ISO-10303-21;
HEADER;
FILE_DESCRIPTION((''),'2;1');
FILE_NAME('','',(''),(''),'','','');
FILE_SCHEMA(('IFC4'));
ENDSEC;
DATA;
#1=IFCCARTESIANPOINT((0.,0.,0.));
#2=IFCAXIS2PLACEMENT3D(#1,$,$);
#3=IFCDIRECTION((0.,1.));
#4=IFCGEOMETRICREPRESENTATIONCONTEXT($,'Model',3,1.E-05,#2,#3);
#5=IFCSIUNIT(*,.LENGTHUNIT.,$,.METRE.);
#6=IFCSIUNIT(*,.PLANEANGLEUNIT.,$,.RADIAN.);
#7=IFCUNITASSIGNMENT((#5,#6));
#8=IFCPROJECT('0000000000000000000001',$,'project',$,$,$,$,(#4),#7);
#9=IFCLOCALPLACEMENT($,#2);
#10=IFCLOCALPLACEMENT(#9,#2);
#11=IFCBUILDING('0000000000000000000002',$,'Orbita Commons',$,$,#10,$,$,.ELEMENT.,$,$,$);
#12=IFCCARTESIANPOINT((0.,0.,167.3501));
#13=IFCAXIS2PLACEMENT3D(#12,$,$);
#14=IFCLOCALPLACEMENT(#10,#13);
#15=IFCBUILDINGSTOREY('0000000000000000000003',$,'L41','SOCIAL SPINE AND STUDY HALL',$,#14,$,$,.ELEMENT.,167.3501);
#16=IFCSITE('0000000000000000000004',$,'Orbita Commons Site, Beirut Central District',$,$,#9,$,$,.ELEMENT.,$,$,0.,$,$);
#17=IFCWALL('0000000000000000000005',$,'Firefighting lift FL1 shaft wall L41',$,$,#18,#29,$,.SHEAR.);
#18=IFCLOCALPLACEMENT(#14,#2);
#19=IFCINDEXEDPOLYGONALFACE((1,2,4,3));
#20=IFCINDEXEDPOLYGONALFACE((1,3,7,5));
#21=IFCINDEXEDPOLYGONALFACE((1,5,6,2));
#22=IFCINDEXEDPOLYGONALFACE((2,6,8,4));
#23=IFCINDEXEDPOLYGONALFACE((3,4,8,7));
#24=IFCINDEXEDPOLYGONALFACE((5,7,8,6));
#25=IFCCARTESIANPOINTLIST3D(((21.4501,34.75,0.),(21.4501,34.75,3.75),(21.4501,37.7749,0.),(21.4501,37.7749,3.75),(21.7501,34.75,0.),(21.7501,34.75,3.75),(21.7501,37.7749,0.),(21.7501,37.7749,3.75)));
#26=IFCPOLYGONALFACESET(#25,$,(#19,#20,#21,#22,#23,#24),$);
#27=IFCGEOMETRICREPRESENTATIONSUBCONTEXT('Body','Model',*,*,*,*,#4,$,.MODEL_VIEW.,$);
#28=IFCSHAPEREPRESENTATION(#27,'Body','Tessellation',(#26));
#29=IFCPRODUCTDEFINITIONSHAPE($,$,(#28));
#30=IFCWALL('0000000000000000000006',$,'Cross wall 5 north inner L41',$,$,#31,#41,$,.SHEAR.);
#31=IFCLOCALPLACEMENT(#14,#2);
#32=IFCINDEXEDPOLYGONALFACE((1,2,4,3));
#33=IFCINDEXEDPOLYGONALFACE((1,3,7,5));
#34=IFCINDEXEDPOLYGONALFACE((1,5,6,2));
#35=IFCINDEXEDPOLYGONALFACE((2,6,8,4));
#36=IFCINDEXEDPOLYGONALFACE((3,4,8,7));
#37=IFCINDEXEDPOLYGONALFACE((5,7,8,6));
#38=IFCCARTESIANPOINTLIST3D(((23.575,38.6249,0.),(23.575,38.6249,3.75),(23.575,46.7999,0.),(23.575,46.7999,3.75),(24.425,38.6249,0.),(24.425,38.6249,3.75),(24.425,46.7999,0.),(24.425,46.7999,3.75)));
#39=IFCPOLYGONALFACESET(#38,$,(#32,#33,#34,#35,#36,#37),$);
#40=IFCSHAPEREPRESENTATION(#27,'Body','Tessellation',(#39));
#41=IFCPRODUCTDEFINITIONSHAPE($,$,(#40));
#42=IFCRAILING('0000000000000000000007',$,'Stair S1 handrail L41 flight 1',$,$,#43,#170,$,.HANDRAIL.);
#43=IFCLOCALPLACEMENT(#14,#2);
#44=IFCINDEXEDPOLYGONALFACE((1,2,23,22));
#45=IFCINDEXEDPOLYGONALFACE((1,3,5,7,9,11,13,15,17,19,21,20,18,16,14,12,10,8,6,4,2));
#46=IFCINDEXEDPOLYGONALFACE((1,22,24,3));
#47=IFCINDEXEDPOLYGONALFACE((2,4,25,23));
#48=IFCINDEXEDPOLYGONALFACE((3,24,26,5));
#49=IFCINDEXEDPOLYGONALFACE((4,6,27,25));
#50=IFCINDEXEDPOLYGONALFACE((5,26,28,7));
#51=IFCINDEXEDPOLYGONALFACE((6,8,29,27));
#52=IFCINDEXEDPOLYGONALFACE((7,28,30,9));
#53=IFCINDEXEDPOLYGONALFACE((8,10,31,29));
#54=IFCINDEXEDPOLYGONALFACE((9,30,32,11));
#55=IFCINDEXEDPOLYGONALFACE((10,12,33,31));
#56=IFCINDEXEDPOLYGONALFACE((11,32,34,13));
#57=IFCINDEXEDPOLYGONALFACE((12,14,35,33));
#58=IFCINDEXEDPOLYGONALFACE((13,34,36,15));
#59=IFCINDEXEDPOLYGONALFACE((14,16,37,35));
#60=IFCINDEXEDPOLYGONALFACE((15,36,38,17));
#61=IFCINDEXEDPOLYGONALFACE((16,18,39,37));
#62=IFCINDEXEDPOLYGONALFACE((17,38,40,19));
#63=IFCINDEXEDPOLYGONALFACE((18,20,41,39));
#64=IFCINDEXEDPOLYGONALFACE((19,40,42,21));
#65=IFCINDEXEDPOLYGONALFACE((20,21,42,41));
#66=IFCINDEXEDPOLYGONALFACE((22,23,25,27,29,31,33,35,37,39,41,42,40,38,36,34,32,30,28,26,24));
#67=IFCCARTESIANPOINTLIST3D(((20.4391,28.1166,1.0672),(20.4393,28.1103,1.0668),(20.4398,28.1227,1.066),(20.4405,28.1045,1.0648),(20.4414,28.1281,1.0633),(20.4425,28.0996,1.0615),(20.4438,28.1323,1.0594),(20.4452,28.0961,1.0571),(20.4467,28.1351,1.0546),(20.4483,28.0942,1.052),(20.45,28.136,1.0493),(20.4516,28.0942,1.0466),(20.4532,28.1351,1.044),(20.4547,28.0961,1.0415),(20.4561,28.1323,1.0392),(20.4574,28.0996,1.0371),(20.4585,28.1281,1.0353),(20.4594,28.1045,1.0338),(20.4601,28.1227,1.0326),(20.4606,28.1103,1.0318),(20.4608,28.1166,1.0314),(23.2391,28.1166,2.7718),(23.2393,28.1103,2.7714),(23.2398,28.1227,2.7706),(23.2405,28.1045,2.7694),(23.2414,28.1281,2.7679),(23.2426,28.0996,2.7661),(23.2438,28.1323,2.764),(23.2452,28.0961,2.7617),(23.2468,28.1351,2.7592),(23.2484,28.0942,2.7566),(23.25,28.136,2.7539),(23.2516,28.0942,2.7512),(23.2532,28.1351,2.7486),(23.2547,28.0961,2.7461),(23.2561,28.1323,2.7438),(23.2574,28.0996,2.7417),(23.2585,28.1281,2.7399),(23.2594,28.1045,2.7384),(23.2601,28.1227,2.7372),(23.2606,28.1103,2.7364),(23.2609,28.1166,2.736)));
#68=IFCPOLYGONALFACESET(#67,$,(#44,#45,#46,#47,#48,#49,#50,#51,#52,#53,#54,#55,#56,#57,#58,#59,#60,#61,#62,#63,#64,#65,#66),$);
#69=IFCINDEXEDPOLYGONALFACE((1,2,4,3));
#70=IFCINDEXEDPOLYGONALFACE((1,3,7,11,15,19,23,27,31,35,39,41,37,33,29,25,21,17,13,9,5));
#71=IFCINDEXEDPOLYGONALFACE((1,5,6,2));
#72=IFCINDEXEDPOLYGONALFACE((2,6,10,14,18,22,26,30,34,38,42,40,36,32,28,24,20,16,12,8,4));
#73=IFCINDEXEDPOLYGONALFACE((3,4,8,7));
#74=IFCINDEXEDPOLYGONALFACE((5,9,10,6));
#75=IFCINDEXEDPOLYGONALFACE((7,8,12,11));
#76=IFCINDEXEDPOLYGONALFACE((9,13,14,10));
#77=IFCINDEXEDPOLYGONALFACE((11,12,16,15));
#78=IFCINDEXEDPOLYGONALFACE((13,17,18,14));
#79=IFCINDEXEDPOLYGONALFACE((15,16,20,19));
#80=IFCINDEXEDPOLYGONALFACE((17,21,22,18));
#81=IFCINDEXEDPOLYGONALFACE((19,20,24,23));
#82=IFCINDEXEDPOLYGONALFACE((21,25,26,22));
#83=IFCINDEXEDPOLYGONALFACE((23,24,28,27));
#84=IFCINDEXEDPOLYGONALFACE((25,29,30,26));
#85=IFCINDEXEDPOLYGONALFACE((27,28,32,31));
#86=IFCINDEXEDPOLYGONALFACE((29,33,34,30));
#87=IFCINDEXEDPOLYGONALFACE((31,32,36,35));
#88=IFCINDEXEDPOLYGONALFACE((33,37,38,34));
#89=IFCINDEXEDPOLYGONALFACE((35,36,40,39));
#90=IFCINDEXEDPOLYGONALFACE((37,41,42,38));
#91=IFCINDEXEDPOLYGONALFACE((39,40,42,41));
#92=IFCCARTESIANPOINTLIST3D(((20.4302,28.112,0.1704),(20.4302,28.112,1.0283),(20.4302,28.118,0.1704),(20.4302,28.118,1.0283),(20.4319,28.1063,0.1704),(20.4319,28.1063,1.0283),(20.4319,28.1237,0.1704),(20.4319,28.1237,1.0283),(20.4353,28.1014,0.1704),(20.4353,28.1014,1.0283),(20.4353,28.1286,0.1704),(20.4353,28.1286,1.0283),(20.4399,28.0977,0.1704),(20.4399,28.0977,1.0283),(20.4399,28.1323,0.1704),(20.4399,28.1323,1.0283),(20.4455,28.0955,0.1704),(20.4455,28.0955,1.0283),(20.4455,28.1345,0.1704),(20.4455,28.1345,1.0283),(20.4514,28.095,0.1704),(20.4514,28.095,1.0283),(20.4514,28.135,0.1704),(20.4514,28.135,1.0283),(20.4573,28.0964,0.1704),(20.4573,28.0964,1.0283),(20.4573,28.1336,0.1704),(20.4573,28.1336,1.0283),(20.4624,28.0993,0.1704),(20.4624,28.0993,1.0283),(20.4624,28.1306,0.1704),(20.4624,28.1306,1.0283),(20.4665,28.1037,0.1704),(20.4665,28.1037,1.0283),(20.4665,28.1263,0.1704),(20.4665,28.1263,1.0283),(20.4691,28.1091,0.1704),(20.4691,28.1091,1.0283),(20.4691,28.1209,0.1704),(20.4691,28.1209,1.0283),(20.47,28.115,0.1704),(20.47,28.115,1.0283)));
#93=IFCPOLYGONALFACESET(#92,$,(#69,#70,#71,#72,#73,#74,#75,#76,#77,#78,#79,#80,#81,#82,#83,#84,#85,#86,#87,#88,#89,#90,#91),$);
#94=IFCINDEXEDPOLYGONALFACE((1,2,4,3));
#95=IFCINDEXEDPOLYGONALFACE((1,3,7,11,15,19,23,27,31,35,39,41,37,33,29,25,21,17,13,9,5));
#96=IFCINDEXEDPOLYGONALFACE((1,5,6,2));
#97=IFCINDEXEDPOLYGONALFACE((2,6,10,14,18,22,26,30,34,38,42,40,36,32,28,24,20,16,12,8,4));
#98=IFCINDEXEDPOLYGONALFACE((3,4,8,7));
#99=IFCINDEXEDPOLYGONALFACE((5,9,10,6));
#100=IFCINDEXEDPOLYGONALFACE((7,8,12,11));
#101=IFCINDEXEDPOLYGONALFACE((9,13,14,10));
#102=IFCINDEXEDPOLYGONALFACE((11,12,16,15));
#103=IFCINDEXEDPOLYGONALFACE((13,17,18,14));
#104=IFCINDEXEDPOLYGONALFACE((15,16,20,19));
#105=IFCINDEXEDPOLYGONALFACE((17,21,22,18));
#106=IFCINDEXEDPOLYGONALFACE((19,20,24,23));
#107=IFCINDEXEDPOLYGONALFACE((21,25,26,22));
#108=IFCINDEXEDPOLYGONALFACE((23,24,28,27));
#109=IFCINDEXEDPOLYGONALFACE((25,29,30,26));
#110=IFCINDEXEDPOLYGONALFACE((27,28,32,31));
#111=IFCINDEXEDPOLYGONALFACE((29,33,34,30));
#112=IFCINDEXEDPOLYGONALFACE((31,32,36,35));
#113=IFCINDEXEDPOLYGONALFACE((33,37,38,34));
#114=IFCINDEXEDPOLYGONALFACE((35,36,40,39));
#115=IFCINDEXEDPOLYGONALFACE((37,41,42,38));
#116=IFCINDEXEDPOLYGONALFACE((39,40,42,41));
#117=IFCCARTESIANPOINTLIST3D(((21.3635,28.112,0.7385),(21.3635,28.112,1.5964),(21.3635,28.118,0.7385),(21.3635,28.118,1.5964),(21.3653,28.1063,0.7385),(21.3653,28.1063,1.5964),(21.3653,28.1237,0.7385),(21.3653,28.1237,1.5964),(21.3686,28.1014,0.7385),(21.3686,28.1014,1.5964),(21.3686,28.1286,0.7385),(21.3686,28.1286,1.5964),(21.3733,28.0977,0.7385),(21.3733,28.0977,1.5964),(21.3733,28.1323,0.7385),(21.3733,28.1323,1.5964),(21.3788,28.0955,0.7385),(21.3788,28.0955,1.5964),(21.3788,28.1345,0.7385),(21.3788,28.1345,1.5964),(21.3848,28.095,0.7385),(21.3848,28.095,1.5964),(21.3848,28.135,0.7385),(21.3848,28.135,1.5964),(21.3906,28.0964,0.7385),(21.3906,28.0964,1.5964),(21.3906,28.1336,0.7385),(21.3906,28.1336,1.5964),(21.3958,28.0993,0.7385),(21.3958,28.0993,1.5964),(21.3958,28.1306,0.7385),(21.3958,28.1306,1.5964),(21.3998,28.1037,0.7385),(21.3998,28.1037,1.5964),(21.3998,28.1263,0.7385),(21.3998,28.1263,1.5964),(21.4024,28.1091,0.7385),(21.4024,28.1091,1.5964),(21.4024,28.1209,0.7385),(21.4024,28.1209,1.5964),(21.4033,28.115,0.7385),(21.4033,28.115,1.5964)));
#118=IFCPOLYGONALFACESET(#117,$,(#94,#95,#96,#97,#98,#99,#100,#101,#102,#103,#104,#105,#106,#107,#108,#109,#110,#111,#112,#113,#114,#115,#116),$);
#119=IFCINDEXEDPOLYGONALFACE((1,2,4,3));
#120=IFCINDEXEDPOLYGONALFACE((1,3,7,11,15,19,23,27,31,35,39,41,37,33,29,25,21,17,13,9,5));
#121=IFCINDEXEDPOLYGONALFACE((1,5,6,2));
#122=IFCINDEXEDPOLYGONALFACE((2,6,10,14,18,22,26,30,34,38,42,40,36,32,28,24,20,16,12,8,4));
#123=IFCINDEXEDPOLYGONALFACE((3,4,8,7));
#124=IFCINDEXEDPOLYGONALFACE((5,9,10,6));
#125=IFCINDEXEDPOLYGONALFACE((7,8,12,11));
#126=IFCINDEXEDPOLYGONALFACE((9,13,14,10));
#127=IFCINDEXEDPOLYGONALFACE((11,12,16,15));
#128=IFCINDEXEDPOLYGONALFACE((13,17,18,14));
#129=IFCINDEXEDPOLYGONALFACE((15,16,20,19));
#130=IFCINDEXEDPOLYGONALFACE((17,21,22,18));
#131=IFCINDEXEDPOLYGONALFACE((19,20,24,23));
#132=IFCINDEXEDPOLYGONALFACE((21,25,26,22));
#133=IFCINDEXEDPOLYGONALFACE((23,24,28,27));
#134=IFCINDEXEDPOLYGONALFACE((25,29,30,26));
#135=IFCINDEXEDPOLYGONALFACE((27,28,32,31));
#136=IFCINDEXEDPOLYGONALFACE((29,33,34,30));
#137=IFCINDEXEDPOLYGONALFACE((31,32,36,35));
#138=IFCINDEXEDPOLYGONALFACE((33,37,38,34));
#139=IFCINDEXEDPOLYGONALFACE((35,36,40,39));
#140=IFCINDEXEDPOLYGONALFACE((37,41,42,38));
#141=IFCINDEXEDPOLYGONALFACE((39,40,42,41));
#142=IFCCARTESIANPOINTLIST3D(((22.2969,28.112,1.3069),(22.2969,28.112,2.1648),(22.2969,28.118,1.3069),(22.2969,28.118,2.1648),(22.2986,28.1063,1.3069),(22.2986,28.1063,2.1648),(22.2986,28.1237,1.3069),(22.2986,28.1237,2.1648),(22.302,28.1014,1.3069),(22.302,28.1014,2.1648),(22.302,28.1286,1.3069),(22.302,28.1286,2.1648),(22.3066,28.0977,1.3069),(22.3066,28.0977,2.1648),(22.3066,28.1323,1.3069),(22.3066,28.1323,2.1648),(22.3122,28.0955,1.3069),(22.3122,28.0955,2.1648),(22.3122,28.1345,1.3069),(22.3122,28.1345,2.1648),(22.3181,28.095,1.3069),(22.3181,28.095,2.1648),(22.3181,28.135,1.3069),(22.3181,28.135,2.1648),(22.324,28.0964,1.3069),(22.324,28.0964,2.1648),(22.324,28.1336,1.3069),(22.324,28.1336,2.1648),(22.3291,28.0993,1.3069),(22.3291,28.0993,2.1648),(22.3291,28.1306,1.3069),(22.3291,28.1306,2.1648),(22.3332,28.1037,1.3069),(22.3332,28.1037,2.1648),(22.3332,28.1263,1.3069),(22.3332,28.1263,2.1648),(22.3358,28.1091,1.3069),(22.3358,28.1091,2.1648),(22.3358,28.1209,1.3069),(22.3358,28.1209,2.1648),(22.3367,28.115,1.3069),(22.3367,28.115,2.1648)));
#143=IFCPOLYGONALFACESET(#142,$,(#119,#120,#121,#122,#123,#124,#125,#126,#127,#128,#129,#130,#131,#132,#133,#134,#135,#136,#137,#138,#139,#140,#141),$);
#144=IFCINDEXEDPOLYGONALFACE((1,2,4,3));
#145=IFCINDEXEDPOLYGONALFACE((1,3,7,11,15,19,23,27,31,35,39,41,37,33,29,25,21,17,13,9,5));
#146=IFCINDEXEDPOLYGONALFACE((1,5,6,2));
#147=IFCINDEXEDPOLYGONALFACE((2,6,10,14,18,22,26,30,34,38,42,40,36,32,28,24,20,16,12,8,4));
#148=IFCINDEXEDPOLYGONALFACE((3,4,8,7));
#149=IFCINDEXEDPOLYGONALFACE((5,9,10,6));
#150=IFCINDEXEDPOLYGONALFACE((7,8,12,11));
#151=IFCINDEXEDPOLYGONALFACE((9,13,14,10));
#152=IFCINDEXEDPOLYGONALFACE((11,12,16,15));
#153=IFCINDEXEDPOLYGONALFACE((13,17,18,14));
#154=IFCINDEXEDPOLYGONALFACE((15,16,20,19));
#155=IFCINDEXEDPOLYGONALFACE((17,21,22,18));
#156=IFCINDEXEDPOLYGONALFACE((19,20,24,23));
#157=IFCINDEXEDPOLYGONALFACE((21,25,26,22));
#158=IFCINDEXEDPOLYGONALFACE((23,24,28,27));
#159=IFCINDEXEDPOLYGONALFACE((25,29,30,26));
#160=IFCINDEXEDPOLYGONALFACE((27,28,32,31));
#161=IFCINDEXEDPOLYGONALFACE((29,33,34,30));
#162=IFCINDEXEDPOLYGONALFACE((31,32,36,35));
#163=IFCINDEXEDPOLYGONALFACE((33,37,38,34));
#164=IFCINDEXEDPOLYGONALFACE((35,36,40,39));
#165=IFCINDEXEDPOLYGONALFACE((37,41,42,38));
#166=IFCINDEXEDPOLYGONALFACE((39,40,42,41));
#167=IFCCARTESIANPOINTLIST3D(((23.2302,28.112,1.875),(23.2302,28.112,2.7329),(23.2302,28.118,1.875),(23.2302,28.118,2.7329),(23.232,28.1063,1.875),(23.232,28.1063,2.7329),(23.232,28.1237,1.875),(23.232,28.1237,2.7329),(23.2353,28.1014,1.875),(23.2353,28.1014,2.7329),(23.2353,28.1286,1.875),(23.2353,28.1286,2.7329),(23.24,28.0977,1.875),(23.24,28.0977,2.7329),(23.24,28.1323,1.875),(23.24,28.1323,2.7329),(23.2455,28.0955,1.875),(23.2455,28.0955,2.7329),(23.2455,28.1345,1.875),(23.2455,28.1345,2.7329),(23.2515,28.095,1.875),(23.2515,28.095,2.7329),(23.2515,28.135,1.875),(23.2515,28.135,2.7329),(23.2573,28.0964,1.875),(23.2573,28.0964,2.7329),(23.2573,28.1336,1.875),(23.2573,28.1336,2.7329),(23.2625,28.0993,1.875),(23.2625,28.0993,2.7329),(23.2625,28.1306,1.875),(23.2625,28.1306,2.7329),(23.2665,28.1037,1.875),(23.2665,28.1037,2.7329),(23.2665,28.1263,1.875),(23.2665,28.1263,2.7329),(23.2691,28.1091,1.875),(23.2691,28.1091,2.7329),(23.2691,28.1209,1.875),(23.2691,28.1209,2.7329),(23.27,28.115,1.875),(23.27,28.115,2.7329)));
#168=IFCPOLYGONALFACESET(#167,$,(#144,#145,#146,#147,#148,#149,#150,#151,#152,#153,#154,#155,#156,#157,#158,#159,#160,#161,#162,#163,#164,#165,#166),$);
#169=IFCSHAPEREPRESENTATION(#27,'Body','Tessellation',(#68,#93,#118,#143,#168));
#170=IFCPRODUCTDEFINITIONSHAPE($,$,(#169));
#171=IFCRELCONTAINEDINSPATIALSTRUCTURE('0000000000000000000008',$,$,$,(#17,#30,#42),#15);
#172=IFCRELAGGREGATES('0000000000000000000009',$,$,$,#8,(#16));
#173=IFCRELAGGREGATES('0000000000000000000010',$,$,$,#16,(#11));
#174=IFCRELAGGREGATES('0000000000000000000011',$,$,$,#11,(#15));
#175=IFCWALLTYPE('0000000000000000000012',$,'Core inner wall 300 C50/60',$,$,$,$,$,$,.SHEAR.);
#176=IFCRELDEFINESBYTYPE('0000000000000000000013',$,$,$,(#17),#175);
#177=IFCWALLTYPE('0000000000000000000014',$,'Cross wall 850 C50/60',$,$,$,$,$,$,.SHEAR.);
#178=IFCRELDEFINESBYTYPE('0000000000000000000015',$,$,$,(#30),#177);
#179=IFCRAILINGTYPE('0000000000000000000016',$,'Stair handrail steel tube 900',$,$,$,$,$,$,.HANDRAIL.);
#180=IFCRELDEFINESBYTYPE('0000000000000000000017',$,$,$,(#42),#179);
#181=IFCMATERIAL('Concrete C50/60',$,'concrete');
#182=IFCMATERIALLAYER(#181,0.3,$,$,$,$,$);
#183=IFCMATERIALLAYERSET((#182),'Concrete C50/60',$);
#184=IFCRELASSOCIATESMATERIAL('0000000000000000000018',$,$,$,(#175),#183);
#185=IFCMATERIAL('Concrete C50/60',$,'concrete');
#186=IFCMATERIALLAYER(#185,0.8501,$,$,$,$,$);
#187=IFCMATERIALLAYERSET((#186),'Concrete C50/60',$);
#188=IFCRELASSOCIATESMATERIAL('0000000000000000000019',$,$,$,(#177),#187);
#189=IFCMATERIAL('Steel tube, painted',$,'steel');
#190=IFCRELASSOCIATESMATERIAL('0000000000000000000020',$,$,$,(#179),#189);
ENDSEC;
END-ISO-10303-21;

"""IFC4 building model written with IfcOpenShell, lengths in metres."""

from ifc_helpers import new_model, si_unit, direction, frame, frame_2d, origin, origin_2d, place, context, subcontext, project, spatial, rectangle, circle, extrude, material, layer, layer_set, type_object, element, save


model = new_model("IFC4")

# Units and contexts
model_context = context("Model", 3, precision=1e-05, world=origin(), true_north=direction((0.0, 1.0)))
body_context = subcontext(model_context, "Body", "Model", "MODEL_VIEW")
ifc_project = project(units=[si_unit("LENGTHUNIT", "METRE"), si_unit("PLANEANGLEUNIT", "RADIAN")], contexts=[model_context])

# Site, building, storey
site_placement = place(None, origin())
site = spatial("IfcSite", under=ifc_project, at=site_placement, Name="Orbita Commons Site, Beirut Central District", CompositionType="ELEMENT", RefElevation=0.0)
building_placement = place(site_placement, origin())
building = spatial("IfcBuilding", under=site, at=building_placement, Name="Orbita Commons", CompositionType="ELEMENT")
storey_placement = place(building_placement, frame((0.0, 0.0, 167.3501)))
storey = spatial("IfcBuildingStorey", under=building, at=storey_placement, Name="L41", Description="SOCIAL SPINE AND STUDY HALL", CompositionType="ELEMENT", Elevation=167.3501)

# Shared definitions
ifc_material_1 = material(Name="Concrete C50/60", Category="concrete")
ifc_layer_1 = layer(ifc_material_1, 0.3)
ifc_layer_set_1 = layer_set([ifc_layer_1], Name="Concrete C50/60")
wall_type_1 = type_object("IfcWallType", Name="Core inner wall 300 C50/60", PredefinedType="SHEAR", material=ifc_layer_set_1)

# Walls
wall_1_placement = place(storey_placement, frame((21.6001, 34.75, 0.0), z_axis=(0.0, 0.0, 1.0), x_axis=(0.0, 1.0, 0.0)))
element("IfcWall", 1, at=wall_1_placement, inside=storey, type_object=wall_type_1, Name="Firefighting lift FL1 shaft wall L41", PredefinedType="SHEAR", context=body_context, shape_type="SweptSolid", body=[
    extrude(rectangle(XDim=3.0249, YDim=0.3, at=frame_2d((1.5125, 0.0))), origin(), (0.0, 0.0, 1.0), 3.75),
])
ifc_material_2 = material(Name="Concrete C50/60", Category="concrete")
ifc_layer_2 = layer(ifc_material_2, 0.8501)
ifc_layer_set_2 = layer_set([ifc_layer_2], Name="Concrete C50/60")
wall_type_2 = type_object("IfcWallType", Name="Cross wall 850 C50/60", PredefinedType="SHEAR", material=ifc_layer_set_2)
wall_2_placement = place(storey_placement, frame((24.0, 38.625, 0.0), z_axis=(0.0, 0.0, 1.0), x_axis=(0.0, 1.0, 0.0)))
element("IfcWall", 2, at=wall_2_placement, inside=storey, type_object=wall_type_2, Name="Cross wall 5 north inner L41", PredefinedType="SHEAR", context=body_context, shape_type="SweptSolid", body=[
    extrude(rectangle(XDim=8.175, YDim=0.8501, at=frame_2d((4.0874, 0.0))), origin(), (0.0, 0.0, 1.0), 3.75),
])

# Railing
ifc_material_3 = material(Name="Steel tube, painted", Category="steel")
railing_type = type_object("IfcRailingType", Name="Stair handrail steel tube 900", PredefinedType="HANDRAIL", material=ifc_material_3)
railing_placement = place(storey_placement, frame((20.45, 28.115, 0.1704)))
element("IfcRailing", 3, at=railing_placement, inside=storey, type_object=railing_type, Name="Stair S1 handrail L41 flight 1", PredefinedType="HANDRAIL", context=body_context, shape_type="SweptSolid", body=[
    extrude(circle(Radius=0.021, at=origin_2d()), frame((0.0, 0.0, 0.8789), z_axis=(0.85417, 0.0, 0.519994), x_axis=(0.0, 1.0, 0.0)), (0.0, 0.0, 1.0), 3.2781),
    extrude(circle(Radius=0.02, at=origin_2d()), origin(), (0.0, 0.0, 1.0), 0.8579),
    extrude(circle(Radius=0.02, at=origin_2d()), frame((0.9333, 0.0, 0.5681)), (0.0, 0.0, 1.0), 0.8579),
    extrude(circle(Radius=0.02, at=origin_2d()), frame((1.8667, 0.0, 1.1365)), (0.0, 0.0, 1.0), 0.8579),
    extrude(circle(Radius=0.02, at=origin_2d()), frame((2.8, 0.0, 1.7046)), (0.0, 0.0, 1.0), 0.8579),
])

save(model, "model.ifc")
